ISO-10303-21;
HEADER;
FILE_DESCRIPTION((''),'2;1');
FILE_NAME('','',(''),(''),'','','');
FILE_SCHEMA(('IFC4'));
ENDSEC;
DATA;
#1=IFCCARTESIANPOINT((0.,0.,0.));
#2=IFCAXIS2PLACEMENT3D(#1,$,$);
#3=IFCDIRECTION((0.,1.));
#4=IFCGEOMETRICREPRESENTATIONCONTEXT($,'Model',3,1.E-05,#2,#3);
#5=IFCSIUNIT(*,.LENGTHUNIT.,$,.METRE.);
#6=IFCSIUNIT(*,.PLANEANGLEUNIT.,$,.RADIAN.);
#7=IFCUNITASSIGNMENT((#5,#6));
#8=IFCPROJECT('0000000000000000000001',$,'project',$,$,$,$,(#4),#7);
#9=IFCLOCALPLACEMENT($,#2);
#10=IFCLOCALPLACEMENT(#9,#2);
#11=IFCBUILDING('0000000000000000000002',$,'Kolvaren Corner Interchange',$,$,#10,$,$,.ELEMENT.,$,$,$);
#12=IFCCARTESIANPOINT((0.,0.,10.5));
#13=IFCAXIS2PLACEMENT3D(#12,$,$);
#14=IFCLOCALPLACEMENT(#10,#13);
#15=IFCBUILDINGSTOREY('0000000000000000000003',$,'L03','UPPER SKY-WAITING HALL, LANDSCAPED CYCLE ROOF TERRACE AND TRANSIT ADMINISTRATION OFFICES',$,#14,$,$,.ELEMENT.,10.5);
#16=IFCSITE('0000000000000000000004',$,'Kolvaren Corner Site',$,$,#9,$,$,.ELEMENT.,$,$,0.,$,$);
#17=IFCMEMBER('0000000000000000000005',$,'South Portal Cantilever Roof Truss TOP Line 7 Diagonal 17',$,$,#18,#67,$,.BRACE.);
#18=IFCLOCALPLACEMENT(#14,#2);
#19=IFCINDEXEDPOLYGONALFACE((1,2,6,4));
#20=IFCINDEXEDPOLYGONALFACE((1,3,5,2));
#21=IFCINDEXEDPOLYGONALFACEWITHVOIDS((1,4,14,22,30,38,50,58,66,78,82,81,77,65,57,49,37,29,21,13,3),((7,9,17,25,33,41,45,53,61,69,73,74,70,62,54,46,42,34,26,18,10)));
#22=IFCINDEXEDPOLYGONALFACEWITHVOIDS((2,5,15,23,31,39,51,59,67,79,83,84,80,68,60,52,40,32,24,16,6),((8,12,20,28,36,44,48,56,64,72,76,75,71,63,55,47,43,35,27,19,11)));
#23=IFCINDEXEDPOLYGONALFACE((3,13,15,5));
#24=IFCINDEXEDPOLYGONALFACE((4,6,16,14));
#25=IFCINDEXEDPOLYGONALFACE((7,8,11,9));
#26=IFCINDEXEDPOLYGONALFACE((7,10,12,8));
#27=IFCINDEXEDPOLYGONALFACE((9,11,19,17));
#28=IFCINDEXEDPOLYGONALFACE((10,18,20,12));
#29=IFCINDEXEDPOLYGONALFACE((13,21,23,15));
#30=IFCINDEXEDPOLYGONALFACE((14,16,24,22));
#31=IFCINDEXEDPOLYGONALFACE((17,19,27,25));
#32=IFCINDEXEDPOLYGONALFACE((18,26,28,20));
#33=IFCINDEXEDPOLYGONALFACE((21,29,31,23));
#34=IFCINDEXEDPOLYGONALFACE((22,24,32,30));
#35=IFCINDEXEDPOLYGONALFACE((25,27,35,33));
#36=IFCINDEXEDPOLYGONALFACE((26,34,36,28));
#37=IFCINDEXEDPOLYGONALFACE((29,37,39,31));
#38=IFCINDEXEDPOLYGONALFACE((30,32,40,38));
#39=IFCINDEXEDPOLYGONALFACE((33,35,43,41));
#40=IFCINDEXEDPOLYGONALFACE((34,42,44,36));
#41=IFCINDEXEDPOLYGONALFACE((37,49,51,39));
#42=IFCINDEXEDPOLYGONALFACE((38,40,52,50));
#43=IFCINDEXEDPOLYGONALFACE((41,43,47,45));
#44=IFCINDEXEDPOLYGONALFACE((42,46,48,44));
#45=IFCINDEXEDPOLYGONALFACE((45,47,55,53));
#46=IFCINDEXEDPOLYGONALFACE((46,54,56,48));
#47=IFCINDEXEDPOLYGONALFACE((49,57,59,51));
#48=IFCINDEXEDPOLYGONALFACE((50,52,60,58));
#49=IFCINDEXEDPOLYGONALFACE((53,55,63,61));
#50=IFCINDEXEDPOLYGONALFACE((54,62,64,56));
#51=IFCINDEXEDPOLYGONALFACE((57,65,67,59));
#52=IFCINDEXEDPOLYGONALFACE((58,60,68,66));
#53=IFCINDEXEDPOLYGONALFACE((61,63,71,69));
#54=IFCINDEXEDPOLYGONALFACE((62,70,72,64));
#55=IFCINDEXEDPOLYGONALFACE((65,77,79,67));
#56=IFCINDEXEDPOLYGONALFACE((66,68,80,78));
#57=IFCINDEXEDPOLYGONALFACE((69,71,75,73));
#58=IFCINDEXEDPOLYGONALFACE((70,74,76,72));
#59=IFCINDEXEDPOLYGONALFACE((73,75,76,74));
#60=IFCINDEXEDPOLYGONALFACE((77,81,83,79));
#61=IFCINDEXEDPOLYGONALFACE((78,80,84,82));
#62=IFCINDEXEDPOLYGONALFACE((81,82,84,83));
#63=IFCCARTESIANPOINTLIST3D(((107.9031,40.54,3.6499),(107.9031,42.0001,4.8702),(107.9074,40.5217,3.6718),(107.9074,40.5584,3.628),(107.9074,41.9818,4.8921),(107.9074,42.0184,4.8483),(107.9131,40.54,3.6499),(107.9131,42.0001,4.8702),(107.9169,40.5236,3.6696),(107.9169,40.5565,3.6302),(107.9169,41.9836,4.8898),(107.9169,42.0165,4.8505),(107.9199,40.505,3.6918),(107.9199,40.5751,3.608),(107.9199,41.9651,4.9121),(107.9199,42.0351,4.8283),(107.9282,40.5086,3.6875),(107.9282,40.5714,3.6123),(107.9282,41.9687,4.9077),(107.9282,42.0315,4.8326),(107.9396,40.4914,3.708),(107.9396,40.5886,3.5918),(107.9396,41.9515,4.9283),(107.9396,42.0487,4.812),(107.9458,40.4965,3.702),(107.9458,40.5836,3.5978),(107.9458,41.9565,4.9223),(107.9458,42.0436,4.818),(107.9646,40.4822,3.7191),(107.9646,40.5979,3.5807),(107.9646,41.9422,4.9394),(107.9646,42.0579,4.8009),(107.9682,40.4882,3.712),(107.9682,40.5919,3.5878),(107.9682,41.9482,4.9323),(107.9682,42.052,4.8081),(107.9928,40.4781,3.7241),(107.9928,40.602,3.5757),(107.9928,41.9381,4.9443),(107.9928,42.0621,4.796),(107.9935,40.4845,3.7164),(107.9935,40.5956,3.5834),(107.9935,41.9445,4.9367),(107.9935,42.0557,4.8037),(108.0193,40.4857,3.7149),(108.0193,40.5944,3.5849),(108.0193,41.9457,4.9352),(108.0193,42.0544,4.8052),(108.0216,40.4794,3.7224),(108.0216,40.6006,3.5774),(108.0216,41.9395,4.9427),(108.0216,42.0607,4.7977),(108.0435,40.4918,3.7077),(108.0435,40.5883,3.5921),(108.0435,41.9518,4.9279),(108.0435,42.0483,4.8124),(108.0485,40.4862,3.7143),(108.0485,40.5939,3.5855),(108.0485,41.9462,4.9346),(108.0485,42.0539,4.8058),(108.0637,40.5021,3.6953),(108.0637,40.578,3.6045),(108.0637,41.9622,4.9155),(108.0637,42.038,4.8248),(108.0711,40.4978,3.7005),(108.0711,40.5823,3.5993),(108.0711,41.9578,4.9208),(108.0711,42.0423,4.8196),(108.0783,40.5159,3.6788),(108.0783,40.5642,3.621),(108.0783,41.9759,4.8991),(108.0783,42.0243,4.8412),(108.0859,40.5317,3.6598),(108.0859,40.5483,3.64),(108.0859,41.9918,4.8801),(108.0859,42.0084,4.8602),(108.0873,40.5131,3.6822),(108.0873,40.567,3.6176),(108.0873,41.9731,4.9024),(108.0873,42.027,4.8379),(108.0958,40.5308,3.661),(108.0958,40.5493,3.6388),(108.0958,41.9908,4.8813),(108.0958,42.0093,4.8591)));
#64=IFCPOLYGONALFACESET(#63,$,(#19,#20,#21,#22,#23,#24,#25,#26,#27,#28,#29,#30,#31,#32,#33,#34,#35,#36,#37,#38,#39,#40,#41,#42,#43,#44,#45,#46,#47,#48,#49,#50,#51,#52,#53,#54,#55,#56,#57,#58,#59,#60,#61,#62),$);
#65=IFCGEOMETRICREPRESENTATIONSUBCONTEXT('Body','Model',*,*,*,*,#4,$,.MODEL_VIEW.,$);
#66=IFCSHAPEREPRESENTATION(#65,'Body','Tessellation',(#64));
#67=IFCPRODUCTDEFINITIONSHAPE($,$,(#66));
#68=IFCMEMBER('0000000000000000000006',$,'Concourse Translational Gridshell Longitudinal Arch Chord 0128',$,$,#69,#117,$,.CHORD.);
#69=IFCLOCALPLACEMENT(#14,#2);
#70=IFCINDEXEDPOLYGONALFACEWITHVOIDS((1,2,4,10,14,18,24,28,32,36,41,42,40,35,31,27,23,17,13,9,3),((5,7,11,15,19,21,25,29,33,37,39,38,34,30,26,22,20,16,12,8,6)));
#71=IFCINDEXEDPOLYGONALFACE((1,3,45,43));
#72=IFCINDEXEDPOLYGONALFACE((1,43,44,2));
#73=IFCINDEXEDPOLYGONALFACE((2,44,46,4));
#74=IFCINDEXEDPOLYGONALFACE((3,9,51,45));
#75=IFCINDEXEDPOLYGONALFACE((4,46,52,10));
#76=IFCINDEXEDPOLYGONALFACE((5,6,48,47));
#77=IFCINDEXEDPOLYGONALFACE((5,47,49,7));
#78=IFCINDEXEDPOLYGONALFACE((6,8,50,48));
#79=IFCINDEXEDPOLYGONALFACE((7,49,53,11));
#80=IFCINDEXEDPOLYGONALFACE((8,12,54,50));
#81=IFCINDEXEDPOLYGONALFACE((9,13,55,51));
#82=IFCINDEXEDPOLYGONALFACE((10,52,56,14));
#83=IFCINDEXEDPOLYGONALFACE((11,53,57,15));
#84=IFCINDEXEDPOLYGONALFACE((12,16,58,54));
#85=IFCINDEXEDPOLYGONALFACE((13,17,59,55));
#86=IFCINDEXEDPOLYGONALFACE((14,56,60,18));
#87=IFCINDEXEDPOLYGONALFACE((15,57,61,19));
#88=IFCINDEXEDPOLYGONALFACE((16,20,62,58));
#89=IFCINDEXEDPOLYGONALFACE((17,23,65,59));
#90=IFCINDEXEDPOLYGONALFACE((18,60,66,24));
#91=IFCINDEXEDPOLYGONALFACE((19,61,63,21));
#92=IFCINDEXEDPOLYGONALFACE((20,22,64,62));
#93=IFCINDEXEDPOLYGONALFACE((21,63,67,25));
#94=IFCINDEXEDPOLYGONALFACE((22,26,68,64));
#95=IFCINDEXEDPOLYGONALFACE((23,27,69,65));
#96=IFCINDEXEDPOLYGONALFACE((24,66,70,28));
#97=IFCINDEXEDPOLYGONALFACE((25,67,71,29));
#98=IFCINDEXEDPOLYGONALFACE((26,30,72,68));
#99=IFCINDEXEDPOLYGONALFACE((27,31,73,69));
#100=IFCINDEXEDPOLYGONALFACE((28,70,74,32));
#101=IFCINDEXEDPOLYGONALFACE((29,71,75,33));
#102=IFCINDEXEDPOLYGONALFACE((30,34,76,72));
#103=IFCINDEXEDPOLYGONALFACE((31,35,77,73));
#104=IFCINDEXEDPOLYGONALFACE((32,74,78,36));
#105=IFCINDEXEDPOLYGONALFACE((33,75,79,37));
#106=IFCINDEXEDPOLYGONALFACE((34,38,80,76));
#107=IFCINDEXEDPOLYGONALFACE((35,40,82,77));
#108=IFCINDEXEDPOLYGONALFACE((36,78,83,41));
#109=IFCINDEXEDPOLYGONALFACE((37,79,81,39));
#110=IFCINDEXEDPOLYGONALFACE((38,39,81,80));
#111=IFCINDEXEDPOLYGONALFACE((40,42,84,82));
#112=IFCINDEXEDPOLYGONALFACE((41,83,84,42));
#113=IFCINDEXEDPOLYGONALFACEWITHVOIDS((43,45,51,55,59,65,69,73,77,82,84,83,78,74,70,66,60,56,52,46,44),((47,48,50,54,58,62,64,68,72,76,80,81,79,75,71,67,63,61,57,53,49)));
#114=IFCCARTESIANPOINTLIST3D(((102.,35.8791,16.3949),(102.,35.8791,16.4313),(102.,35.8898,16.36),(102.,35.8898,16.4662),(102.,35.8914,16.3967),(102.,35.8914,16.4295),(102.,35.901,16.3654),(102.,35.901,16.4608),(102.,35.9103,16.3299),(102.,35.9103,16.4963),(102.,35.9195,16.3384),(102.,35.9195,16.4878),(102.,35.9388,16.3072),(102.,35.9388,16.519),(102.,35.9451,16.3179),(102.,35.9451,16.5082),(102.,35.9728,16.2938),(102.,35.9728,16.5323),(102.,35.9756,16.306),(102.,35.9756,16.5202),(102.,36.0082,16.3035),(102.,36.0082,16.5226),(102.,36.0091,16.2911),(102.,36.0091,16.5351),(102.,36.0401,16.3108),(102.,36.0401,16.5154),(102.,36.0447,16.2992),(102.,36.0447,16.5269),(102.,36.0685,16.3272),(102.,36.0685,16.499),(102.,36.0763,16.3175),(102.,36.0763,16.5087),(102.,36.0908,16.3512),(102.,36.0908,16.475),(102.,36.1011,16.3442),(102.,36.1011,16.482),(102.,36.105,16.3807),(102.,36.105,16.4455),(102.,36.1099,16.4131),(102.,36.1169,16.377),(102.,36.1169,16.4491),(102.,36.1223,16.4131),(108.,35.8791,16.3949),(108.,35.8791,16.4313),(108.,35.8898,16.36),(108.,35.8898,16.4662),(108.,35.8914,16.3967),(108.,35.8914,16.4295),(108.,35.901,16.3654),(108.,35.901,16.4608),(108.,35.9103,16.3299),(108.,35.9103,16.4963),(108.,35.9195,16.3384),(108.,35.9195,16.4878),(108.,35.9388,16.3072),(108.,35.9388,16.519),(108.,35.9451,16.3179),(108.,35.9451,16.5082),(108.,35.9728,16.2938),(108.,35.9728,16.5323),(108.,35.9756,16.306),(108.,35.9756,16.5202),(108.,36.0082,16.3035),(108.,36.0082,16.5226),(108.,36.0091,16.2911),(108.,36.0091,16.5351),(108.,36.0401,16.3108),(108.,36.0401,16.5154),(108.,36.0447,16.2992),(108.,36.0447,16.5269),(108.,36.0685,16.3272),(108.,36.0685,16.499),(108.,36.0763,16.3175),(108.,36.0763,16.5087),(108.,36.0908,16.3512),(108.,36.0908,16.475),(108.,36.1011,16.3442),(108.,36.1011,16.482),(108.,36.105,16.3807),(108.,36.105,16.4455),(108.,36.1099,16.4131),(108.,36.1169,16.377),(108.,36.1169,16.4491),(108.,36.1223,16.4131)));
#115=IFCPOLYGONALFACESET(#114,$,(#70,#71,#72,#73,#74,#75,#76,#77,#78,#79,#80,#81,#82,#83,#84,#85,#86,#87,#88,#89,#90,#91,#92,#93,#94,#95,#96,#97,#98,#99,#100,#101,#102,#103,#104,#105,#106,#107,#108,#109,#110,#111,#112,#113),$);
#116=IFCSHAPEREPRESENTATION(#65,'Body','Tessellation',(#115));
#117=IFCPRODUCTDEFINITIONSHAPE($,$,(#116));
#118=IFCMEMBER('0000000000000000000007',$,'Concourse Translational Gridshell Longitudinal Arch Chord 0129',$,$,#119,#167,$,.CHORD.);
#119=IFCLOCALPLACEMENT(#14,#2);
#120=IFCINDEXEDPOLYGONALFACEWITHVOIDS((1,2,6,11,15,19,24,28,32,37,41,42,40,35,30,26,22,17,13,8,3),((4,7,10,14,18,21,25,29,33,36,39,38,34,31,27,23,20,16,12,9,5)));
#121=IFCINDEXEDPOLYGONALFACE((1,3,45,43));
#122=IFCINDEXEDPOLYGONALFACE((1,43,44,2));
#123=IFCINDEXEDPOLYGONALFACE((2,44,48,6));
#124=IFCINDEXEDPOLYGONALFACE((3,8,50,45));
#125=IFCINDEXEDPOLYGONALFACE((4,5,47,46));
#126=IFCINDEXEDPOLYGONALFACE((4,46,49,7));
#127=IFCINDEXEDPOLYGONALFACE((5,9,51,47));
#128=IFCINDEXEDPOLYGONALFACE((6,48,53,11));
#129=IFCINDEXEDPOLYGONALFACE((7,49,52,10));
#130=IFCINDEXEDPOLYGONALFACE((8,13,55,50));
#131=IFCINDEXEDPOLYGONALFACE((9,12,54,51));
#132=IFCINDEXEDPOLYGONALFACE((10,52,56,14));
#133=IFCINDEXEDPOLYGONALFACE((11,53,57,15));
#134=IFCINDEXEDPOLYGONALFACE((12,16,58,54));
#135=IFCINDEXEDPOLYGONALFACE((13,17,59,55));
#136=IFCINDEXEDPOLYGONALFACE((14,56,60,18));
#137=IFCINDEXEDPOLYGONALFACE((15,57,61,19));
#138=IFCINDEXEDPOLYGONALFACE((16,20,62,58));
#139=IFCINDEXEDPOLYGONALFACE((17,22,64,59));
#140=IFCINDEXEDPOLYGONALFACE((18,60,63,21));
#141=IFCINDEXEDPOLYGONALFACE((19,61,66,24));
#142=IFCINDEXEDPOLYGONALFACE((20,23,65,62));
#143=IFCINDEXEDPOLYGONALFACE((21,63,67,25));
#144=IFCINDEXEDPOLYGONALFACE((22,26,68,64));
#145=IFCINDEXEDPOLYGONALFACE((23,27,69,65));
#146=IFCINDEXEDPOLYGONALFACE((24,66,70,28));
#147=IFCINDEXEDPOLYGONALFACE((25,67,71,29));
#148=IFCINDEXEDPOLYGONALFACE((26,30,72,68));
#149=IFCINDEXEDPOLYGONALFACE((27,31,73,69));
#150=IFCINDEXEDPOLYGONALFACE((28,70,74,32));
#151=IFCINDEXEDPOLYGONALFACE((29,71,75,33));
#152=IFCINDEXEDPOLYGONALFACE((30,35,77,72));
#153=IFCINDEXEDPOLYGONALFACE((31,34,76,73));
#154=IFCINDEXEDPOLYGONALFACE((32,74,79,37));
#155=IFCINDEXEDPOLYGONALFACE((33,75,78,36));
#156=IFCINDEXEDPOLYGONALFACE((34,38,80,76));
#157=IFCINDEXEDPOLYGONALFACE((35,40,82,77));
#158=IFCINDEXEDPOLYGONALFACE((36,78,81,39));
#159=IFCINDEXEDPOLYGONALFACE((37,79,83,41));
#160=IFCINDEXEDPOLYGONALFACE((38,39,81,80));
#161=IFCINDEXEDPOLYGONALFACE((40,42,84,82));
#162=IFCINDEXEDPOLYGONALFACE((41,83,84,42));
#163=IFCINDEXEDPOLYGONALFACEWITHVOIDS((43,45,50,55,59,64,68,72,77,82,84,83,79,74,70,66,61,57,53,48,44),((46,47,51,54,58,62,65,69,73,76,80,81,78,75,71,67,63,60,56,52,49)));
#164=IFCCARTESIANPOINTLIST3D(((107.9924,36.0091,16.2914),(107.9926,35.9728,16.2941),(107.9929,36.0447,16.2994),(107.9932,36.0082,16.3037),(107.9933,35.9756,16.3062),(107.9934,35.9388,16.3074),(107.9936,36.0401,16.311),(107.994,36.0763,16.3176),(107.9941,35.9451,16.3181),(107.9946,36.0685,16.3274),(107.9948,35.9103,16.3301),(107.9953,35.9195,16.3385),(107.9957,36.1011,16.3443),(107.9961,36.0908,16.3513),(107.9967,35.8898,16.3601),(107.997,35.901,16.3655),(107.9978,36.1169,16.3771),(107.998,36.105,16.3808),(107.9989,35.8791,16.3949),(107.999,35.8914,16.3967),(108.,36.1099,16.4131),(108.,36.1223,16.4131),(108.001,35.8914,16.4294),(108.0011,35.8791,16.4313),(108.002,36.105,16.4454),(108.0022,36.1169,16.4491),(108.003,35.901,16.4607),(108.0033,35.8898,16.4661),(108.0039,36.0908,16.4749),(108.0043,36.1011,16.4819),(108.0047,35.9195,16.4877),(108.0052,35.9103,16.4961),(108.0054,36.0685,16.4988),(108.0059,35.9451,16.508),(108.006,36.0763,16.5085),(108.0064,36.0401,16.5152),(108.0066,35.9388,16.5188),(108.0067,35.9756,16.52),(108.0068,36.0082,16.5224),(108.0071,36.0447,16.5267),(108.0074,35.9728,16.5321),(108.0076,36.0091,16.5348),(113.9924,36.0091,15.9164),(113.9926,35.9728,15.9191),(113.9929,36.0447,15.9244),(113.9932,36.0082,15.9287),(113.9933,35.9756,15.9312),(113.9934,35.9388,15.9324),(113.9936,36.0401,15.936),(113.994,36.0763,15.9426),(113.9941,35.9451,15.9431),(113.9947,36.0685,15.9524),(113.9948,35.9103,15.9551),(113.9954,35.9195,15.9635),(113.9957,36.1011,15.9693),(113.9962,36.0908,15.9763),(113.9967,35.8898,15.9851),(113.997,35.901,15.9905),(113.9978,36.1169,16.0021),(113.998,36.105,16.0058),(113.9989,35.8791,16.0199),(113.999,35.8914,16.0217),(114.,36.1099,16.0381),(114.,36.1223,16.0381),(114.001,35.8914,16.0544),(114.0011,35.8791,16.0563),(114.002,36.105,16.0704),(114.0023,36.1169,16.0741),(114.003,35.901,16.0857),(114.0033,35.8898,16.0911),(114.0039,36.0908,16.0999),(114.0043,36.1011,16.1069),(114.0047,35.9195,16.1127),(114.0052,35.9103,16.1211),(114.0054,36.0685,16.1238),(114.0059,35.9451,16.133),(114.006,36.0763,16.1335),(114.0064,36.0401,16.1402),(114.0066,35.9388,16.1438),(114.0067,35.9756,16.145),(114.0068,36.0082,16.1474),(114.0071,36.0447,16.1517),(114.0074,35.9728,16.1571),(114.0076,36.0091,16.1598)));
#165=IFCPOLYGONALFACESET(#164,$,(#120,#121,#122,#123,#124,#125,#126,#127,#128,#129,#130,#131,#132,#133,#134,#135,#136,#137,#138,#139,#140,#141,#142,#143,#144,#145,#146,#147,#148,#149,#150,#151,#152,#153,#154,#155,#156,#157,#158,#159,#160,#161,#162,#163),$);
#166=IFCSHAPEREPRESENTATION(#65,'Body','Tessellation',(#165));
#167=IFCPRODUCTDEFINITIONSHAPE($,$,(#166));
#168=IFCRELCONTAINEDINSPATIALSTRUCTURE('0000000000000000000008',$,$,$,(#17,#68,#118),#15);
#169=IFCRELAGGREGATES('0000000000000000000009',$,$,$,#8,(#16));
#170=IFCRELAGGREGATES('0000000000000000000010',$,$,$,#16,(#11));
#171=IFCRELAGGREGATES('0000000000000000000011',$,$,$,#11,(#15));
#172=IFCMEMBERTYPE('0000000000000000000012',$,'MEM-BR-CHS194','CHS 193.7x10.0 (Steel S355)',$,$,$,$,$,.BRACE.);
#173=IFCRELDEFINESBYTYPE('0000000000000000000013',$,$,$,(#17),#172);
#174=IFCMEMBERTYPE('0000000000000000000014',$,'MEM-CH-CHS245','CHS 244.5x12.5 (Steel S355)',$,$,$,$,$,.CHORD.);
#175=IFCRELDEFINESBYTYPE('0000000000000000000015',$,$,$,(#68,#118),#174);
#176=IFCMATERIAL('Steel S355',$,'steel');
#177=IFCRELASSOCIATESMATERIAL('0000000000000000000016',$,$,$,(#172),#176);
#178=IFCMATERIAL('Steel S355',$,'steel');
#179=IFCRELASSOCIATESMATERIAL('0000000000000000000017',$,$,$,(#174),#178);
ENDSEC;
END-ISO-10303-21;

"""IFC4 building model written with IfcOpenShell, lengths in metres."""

from ifc_helpers import new_model, si_unit, direction, frame, origin, origin_2d, place, context, subcontext, project, spatial, hollow_circle, extrude, material, material_profile, profile_set, type_object, element, save


model = new_model("IFC4")

# Units and contexts
model_context = context("Model", 3, precision=1e-05, world=origin(), true_north=direction((0.0, 1.0)))
body_context = subcontext(model_context, "Body", "Model", "MODEL_VIEW")
ifc_project = project(units=[si_unit("LENGTHUNIT", "METRE"), si_unit("PLANEANGLEUNIT", "RADIAN")], contexts=[model_context])

# Site, building, storey
site_placement = place(None, origin())
site = spatial("IfcSite", under=ifc_project, at=site_placement, Name="Kolvaren Corner Site", CompositionType="ELEMENT", RefElevation=0.0)
building_placement = place(site_placement, origin())
building = spatial("IfcBuilding", under=site, at=building_placement, Name="Kolvaren Corner Interchange", CompositionType="ELEMENT")
storey_placement = place(building_placement, frame((0.0, 0.0, 10.5)))
storey = spatial("IfcBuildingStorey", under=building, at=storey_placement, Name="L03", Description="UPPER SKY-WAITING HALL, LANDSCAPED CYCLE ROOF TERRACE AND TRANSIT ADMINISTRATION OFFICES", CompositionType="ELEMENT", Elevation=10.5)

# Members
ifc_material_1 = material(Name="Steel S355", Category="steel")
ifc_material_profile_1 = material_profile(ifc_material_1, hollow_circle(Radius=0.0969, WallThickness=0.01, at=origin_2d()), Name="CHS 193.7x10.0")
ifc_profile_set_1 = profile_set([ifc_material_profile_1], Name="Steel S355")
member_type_1 = type_object("IfcMemberType", Name="MEM-BR-CHS194", Description="CHS 193.7x10.0 (Steel S355)", PredefinedType="BRACE", material=ifc_profile_set_1)
member_1_placement = place(storey_placement, frame((108.0, 40.54, 3.6499), z_axis=(0.0, 0.767295, 0.641294), x_axis=(-1.0, 0.0, 0.0)))
element("IfcMember", 1, at=member_1_placement, inside=storey, type_object=member_type_1, Name="South Portal Cantilever Roof Truss TOP Line 7 Diagonal 17", PredefinedType="BRACE", context=body_context, shape_type="SweptSolid", body=[
    extrude(hollow_circle(Radius=0.0969, WallThickness=0.01, at=origin_2d()), origin(), (0.0, 0.0, 1.0), 1.9028),
])
ifc_material_2 = material(Name="Steel S355", Category="steel")
ifc_material_profile_2 = material_profile(ifc_material_2, hollow_circle(Radius=0.1223, WallThickness=0.0125, at=origin_2d()), Name="CHS 244.5x12.5")
ifc_profile_set_2 = profile_set([ifc_material_profile_2], Name="Steel S355")
member_type_2 = type_object("IfcMemberType", Name="MEM-CH-CHS245", Description="CHS 244.5x12.5 (Steel S355)", PredefinedType="CHORD", material=ifc_profile_set_2)
member_2_placement = place(storey_placement, frame((102.0, 36.0, 16.4131), z_axis=(1.0, 0.0, 0.0), x_axis=(0.0, 1.0, 0.0)))
element("IfcMember", 2, at=member_2_placement, inside=storey, type_object=member_type_2, Name="Concourse Translational Gridshell Longitudinal Arch Chord 0128", PredefinedType="CHORD", context=body_context, shape_type="SweptSolid", body=[
    extrude(hollow_circle(Radius=0.1223, WallThickness=0.0125, at=origin_2d()), origin(), (0.0, 0.0, 1.0), 6.0),
])
member_3_placement = place(storey_placement, frame((108.0, 36.0, 16.4131), z_axis=(0.998053, 0.0, -0.062378), x_axis=(0.0, 1.0, 0.0)))
element("IfcMember", 3, at=member_3_placement, inside=storey, type_object=member_type_2, Name="Concourse Translational Gridshell Longitudinal Arch Chord 0129", PredefinedType="CHORD", context=body_context, shape_type="SweptSolid", body=[
    extrude(hollow_circle(Radius=0.1223, WallThickness=0.0125, at=origin_2d()), origin(), (0.0, 0.0, 1.0), 6.0117),
])

save(model, "model.ifc")
